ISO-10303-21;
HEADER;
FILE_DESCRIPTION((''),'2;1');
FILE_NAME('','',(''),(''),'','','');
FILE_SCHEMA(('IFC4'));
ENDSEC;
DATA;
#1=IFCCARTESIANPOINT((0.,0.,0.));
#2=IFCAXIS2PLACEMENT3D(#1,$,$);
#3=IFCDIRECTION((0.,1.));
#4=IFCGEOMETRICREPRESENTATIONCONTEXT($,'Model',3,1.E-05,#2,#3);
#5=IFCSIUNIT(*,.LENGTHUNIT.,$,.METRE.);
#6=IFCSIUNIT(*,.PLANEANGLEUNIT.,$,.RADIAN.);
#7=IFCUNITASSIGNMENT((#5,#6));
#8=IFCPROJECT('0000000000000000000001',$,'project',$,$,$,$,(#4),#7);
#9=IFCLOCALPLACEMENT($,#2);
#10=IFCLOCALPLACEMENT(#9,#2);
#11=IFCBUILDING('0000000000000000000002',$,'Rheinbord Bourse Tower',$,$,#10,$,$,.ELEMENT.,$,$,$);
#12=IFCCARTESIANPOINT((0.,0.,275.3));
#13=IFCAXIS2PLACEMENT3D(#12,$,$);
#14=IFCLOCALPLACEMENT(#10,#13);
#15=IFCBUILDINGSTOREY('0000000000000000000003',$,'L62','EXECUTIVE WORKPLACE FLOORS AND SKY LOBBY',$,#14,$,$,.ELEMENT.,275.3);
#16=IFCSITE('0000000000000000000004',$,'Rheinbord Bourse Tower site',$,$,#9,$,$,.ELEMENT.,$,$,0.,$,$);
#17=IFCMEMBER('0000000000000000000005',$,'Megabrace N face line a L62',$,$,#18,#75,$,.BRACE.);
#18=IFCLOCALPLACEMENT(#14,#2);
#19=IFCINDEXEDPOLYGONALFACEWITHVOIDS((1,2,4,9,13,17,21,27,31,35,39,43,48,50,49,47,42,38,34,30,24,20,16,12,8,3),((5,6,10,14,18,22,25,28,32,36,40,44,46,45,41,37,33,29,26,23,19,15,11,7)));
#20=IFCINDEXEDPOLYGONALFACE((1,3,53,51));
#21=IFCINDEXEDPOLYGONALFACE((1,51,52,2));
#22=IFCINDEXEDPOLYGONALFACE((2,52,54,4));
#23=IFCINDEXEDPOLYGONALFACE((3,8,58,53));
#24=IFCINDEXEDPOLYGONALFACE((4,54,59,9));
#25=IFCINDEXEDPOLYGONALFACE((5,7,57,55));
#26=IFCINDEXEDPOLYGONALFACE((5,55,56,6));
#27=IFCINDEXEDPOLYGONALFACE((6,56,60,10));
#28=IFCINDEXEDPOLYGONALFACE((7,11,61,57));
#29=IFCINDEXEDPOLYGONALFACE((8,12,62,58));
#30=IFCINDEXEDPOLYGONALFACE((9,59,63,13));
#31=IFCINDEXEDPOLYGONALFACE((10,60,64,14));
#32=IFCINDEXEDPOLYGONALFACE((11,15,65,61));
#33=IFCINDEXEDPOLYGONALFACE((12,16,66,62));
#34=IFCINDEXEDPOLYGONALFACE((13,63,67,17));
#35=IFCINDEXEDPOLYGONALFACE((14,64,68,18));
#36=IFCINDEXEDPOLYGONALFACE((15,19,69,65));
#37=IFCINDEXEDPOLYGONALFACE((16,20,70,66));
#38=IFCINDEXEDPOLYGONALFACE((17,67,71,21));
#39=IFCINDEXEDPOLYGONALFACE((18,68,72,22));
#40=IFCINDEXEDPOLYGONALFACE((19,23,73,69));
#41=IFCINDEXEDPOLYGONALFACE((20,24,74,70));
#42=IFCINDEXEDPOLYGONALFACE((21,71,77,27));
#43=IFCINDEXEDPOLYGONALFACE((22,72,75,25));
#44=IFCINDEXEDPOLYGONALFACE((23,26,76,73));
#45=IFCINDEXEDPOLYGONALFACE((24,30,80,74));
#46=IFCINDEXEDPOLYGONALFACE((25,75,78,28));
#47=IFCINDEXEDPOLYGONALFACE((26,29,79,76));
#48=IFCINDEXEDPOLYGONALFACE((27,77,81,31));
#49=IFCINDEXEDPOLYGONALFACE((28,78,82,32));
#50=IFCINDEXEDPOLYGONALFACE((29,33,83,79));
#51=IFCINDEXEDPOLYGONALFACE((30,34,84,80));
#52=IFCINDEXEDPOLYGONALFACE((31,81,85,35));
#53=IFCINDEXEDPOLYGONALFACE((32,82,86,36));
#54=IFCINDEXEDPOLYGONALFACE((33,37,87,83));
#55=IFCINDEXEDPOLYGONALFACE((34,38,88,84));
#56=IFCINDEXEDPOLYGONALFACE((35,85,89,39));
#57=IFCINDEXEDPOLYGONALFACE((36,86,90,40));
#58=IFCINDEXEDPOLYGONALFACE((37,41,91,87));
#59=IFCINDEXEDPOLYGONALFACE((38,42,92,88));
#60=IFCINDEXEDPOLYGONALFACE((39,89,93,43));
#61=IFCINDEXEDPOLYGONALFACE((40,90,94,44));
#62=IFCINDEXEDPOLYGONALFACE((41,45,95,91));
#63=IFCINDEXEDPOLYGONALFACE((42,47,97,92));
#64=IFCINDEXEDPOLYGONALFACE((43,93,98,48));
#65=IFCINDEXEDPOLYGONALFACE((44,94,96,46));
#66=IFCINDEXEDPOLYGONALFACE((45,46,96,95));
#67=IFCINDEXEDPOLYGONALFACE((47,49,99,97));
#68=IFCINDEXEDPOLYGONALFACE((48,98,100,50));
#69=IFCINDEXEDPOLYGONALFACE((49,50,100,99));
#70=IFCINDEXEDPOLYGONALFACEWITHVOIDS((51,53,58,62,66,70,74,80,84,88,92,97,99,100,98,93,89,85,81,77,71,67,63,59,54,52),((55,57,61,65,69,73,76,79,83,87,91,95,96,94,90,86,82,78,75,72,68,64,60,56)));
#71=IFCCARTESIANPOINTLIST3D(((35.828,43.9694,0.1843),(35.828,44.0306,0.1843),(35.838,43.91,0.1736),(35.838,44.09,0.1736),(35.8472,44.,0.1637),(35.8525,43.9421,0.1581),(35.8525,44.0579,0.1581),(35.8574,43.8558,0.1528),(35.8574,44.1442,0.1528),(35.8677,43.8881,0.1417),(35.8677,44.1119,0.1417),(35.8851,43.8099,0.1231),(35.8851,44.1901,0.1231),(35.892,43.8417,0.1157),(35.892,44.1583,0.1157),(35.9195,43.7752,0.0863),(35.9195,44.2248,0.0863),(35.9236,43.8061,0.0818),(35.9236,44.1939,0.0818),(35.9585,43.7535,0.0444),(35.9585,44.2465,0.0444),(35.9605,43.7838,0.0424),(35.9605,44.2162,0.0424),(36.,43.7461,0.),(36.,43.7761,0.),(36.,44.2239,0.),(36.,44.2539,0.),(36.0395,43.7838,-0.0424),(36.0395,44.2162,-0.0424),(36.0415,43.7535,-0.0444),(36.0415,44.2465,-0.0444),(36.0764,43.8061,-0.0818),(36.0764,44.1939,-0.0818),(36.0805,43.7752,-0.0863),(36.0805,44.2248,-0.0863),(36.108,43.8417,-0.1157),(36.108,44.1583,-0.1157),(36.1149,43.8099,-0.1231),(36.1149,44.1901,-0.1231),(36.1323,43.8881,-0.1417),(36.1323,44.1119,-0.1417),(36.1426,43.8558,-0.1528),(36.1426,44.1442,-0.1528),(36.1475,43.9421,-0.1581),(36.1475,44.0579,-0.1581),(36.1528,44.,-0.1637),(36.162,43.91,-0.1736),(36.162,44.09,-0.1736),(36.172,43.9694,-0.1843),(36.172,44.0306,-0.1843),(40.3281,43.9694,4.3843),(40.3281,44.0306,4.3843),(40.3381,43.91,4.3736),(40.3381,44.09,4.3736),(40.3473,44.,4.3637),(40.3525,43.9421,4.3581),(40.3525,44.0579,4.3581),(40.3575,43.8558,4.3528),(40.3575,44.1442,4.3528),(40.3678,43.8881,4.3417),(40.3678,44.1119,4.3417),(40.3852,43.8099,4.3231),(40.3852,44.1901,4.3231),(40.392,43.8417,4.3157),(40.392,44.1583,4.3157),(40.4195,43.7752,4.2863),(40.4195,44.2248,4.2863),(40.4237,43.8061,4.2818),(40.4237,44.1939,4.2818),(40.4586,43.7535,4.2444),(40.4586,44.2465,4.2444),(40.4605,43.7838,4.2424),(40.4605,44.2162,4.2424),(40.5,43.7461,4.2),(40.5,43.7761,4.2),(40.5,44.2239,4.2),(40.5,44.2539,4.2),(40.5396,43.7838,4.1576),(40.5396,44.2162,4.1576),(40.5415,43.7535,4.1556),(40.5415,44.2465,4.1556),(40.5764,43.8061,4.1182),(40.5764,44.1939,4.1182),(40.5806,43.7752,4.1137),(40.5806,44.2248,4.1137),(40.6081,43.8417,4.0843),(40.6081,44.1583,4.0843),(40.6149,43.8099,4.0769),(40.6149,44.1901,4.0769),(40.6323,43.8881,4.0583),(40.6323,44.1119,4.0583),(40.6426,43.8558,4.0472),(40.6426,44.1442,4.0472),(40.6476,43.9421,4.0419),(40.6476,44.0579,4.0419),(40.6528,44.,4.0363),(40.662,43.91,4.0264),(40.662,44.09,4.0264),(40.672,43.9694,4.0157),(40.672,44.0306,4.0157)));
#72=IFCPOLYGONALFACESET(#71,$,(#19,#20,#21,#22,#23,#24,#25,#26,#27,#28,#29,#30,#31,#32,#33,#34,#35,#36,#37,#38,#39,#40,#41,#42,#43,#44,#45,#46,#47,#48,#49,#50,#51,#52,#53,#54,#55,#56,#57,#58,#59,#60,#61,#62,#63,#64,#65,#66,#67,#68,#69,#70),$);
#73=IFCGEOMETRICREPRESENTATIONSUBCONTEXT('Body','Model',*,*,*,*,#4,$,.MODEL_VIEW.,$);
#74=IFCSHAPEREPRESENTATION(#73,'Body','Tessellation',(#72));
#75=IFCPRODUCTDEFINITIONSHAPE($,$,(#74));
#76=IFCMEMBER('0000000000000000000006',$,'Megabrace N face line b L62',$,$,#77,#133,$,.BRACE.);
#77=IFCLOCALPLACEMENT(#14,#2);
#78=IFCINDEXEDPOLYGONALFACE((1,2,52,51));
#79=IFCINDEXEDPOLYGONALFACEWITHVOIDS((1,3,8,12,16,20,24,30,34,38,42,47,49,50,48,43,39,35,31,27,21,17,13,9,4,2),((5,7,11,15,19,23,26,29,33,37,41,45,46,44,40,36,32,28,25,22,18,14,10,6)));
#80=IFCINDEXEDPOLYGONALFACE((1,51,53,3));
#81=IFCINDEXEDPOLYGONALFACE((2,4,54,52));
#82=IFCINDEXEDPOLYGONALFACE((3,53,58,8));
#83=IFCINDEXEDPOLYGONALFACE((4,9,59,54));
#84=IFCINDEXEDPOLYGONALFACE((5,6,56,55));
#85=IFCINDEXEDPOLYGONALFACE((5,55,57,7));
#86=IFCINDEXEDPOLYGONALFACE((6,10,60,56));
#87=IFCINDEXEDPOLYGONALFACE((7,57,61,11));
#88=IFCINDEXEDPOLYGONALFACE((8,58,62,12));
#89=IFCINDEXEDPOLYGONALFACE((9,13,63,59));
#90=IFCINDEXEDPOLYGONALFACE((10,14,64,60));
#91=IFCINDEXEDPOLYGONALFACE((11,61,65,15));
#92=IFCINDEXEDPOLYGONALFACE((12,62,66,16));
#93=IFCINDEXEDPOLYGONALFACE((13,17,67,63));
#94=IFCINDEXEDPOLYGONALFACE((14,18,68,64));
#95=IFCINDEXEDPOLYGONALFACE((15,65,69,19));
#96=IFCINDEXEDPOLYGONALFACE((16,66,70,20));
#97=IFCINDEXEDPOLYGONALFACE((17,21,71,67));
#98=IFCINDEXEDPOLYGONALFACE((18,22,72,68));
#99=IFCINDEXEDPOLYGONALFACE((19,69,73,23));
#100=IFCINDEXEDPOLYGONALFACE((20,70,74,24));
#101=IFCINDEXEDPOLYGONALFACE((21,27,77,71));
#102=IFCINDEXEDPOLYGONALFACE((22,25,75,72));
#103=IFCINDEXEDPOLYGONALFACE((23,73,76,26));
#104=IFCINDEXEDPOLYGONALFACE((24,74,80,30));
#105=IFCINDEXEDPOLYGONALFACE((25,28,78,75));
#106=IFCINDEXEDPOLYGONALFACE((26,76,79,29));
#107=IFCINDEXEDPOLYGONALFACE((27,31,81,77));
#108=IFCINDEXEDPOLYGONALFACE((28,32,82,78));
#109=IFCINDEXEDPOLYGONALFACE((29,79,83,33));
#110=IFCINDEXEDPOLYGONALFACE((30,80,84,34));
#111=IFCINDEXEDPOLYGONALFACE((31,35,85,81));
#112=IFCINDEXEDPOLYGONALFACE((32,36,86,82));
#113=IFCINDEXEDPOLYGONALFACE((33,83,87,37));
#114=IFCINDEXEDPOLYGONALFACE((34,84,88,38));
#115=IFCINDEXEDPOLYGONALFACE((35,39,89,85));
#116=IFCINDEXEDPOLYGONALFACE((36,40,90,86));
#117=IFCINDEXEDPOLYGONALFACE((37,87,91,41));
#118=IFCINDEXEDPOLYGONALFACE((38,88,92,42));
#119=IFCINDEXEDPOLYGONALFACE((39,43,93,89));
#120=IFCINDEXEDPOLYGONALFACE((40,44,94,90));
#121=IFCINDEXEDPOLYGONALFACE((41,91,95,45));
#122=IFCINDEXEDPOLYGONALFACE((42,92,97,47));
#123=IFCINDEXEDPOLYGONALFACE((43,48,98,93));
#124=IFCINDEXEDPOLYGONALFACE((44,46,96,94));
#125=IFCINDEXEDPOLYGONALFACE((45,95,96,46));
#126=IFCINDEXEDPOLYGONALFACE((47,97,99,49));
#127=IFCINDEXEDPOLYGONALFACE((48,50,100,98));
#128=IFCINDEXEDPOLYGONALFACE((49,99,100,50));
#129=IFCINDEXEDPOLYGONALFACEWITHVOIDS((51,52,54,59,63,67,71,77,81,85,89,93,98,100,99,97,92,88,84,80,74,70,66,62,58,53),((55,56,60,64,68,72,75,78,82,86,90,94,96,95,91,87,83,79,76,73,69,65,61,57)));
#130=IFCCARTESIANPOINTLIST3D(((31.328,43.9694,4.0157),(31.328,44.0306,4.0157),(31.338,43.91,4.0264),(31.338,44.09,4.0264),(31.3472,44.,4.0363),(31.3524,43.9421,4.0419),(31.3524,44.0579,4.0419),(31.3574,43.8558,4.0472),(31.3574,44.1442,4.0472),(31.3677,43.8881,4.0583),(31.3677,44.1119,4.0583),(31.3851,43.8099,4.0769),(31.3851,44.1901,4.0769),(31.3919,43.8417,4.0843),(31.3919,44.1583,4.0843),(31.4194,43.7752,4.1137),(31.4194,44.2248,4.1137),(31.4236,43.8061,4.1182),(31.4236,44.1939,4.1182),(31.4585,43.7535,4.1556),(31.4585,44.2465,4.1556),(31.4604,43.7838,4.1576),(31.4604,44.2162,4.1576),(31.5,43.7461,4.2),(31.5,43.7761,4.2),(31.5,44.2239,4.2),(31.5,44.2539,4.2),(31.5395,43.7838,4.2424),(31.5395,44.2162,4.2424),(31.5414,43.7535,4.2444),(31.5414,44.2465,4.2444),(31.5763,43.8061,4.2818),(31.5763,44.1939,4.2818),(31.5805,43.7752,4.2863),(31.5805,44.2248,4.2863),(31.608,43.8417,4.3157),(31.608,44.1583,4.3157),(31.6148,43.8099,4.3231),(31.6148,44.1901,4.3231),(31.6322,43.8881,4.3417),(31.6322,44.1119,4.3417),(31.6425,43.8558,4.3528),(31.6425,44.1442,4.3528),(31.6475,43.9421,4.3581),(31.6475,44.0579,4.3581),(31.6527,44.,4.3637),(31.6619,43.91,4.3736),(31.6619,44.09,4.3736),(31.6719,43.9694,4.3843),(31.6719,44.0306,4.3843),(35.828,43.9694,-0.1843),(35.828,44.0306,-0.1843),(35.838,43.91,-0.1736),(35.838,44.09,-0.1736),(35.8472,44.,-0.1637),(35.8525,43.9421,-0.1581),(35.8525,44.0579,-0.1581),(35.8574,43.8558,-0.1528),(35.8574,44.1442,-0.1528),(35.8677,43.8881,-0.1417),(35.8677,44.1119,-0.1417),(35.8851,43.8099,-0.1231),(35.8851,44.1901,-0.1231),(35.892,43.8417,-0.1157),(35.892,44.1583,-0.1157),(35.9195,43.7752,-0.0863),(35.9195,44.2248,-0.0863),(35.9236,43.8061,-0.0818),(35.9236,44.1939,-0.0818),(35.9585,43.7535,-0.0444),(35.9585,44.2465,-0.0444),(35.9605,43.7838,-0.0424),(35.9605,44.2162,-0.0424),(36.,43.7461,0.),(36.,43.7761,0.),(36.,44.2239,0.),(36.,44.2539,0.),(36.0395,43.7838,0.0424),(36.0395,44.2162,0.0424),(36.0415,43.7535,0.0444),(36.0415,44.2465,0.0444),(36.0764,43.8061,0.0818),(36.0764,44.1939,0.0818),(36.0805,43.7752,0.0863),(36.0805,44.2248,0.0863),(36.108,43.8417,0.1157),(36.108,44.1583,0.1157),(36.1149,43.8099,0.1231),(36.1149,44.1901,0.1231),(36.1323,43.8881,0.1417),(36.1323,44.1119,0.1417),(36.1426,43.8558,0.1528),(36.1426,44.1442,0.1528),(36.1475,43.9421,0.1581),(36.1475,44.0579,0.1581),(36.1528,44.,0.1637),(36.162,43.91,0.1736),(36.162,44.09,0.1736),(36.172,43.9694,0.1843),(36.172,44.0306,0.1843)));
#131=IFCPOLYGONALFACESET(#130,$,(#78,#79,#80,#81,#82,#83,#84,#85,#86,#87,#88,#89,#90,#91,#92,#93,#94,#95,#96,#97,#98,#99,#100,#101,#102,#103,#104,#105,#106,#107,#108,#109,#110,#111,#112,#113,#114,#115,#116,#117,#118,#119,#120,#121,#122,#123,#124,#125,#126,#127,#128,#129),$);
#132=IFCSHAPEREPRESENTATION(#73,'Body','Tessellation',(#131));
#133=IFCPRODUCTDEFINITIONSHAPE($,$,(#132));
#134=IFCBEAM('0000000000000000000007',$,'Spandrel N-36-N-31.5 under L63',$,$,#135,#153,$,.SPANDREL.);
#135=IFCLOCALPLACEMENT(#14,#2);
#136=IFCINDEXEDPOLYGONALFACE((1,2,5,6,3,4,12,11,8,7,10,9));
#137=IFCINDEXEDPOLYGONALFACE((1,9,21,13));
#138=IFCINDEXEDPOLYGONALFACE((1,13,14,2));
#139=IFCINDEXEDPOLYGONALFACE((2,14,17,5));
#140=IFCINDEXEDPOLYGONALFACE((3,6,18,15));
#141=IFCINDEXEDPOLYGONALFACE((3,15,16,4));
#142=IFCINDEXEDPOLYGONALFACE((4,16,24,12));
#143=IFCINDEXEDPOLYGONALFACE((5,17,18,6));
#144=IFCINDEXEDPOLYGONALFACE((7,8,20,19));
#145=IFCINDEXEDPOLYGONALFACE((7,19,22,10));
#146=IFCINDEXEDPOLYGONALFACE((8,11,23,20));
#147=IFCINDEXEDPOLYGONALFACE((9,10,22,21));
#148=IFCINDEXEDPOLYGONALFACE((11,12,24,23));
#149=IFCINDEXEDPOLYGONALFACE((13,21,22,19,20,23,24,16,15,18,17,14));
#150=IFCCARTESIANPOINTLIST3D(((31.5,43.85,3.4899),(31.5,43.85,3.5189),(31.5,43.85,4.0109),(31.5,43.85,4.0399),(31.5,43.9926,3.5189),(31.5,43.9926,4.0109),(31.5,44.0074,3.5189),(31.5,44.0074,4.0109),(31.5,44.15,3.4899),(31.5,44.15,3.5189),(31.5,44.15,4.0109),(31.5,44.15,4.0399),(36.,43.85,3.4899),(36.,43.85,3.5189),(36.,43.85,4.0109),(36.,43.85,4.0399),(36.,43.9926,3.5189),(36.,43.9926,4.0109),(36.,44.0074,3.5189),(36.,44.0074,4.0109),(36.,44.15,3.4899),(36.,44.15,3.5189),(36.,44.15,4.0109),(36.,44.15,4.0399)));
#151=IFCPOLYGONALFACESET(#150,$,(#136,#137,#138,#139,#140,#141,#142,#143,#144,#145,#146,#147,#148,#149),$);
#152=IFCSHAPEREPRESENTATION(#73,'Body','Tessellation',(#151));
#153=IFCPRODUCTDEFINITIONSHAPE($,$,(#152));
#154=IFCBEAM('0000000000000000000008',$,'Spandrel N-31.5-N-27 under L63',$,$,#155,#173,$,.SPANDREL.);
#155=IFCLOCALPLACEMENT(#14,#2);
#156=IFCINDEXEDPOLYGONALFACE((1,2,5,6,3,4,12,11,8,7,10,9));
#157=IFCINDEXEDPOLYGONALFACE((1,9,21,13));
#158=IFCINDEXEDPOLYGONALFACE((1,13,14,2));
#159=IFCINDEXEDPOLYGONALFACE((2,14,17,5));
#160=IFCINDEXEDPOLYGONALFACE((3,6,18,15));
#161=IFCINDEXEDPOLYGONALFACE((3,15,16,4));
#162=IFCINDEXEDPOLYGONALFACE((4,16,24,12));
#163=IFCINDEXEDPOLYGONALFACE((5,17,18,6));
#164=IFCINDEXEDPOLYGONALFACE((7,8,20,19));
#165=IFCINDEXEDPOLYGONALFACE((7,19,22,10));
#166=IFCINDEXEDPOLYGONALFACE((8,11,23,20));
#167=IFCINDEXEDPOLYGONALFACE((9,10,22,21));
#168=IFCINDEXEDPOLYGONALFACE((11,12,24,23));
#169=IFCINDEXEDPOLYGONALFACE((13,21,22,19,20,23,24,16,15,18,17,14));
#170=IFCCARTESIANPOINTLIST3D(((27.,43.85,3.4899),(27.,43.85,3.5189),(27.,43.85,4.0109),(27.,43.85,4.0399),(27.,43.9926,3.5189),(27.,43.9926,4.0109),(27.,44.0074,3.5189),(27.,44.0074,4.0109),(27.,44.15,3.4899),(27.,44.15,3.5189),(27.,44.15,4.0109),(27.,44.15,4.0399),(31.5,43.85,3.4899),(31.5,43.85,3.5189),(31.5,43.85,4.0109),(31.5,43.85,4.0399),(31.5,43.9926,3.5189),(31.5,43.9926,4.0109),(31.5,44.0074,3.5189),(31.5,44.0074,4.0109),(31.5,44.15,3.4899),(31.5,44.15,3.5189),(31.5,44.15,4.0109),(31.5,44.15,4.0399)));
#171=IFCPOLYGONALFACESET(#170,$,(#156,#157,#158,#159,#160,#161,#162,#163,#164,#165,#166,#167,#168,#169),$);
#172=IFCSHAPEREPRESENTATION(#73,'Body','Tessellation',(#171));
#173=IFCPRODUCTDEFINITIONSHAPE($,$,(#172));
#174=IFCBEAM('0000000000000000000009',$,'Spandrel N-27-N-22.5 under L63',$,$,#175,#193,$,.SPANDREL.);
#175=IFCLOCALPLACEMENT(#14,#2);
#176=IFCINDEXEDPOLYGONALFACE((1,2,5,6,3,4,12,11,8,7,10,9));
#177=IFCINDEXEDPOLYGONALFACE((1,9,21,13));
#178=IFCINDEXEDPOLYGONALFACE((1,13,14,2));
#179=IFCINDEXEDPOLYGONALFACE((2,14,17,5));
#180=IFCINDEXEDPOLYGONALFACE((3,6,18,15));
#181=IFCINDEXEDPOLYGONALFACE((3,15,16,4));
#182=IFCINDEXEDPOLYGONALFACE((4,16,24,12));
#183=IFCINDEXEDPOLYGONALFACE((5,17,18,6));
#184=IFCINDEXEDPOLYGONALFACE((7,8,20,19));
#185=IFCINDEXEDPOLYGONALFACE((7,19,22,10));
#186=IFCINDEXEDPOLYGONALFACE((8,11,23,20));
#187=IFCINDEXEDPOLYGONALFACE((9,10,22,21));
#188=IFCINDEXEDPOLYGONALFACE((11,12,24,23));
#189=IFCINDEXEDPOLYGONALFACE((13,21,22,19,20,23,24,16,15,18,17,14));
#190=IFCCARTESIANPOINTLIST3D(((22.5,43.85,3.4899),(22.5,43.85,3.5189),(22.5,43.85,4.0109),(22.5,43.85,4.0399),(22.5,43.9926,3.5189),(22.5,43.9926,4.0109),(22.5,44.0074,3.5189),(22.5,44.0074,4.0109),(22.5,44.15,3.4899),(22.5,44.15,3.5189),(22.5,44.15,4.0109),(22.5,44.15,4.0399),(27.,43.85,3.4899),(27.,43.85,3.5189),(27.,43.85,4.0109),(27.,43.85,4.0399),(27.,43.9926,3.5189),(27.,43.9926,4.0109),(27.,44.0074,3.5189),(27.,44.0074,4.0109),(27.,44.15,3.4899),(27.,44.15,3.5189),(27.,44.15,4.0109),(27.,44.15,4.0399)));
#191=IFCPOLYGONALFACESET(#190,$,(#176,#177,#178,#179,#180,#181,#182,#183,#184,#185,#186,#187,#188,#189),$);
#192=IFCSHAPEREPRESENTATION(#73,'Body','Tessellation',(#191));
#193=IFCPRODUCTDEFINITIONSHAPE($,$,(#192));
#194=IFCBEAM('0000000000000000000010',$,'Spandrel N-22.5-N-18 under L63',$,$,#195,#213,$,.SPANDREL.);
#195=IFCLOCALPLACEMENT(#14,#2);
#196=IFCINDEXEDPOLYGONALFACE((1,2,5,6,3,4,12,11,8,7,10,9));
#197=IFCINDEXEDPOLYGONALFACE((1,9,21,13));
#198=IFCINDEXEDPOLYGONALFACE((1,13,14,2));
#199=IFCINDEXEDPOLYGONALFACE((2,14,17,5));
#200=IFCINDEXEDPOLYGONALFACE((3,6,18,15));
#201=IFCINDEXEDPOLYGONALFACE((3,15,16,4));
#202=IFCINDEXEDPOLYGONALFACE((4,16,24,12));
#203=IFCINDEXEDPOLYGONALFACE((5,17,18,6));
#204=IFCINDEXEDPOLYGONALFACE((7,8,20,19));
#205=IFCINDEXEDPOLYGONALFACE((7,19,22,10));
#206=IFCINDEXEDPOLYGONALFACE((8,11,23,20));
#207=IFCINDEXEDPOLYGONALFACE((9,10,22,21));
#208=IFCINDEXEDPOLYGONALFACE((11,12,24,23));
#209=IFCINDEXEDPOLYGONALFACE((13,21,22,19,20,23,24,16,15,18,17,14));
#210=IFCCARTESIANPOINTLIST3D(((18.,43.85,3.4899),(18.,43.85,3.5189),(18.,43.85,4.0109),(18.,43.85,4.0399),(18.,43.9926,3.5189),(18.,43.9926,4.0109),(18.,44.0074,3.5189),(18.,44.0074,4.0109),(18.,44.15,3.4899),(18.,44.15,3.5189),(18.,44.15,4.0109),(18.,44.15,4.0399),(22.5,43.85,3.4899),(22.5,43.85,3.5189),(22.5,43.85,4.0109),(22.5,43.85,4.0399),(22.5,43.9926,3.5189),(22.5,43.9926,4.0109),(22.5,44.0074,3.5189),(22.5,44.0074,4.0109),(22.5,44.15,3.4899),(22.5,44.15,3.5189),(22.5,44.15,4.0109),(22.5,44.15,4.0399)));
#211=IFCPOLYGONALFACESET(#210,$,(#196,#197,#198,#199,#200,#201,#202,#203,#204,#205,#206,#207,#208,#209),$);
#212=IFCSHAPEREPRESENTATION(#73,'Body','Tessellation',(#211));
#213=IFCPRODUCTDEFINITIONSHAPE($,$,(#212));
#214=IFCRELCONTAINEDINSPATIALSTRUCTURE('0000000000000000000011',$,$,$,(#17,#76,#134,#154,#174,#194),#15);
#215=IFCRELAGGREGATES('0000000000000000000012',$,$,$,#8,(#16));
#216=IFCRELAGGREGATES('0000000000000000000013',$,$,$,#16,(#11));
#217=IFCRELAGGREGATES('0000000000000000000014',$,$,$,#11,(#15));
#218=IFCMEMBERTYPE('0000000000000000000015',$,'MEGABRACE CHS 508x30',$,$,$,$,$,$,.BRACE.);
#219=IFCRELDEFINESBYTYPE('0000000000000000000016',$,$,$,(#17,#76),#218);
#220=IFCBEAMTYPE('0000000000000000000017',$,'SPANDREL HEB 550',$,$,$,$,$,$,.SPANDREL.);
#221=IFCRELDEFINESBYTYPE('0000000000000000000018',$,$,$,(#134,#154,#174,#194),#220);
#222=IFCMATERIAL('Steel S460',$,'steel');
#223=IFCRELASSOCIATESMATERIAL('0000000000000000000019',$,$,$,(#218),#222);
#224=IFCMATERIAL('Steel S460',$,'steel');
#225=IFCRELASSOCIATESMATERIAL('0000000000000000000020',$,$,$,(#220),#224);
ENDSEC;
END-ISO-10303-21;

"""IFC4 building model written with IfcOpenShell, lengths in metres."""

from ifc_helpers import new_model, si_unit, direction, frame, origin, origin_2d, place, context, subcontext, project, spatial, hollow_circle, i_section, extrude, material, material_profile, profile_set, type_object, element, save


model = new_model("IFC4")

# Units and contexts
model_context = context("Model", 3, precision=1e-05, world=origin(), true_north=direction((0.0, 1.0)))
body_context = subcontext(model_context, "Body", "Model", "MODEL_VIEW")
ifc_project = project(units=[si_unit("LENGTHUNIT", "METRE"), si_unit("PLANEANGLEUNIT", "RADIAN")], contexts=[model_context])

# Site, building, storey
site_placement = place(None, origin())
site = spatial("IfcSite", under=ifc_project, at=site_placement, Name="Rheinbord Bourse Tower site", CompositionType="ELEMENT", RefElevation=0.0)
building_placement = place(site_placement, origin())
building = spatial("IfcBuilding", under=site, at=building_placement, Name="Rheinbord Bourse Tower", CompositionType="ELEMENT")
storey_placement = place(building_placement, frame((0.0, 0.0, 275.3)))
storey = spatial("IfcBuildingStorey", under=building, at=storey_placement, Name="L62", Description="EXECUTIVE WORKPLACE FLOORS AND SKY LOBBY", CompositionType="ELEMENT", Elevation=275.3)

# Members
ifc_material_1 = material(Name="Steel S460", Category="steel")
ifc_material_profile_1 = material_profile(ifc_material_1, hollow_circle(Radius=0.2539, WallThickness=0.03, at=origin_2d()), Name="CHS 508x30")
ifc_profile_set_1 = profile_set([ifc_material_profile_1], Name="Steel S460")
member_type_1 = type_object("IfcMemberType", Name="MEGABRACE CHS 508x30", PredefinedType="BRACE", material=ifc_profile_set_1)
for number, where, z_axis, x_axis, name in (
    (1, (36.0, 44.0, 0.0), (0.731059, 0.0, 0.682314), (0.0, 1.0, 0.0), "Megabrace N face line a L62"),
    (2, (36.0, 44.0, 0.0), (-0.731059, 0.0, 0.682314), (0.0, -1.0, 0.0), "Megabrace N face line b L62"),
):
    element("IfcMember", number, at=place(storey_placement, frame(where, z_axis=z_axis, x_axis=x_axis)), inside=storey, type_object=member_type_1, Name=name, PredefinedType="BRACE", context=body_context, shape_type="SweptSolid", body=[
        extrude(hollow_circle(Radius=0.2539, WallThickness=0.03, at=origin_2d()), origin(), (0.0, 0.0, 1.0), 6.1555),
    ])

# Beams
ifc_material_2 = material(Name="Steel S460", Category="steel")
ifc_material_profile_2 = material_profile(ifc_material_2, i_section(OverallWidth=0.3, OverallDepth=0.55, WebThickness=0.0149, FlangeThickness=0.0291, at=origin_2d()), Name="HEB 550")
ifc_profile_set_2 = profile_set([ifc_material_profile_2], Name="Steel S460")
beam_type_1 = type_object("IfcBeamType", Name="SPANDREL HEB 550", PredefinedType="SPANDREL", material=ifc_profile_set_2)
for number, where, z_axis, x_axis, name in (
    (3, (36.0, 44.0, 3.7649), (-1.0, 0.0, 0.0), (0.0, -1.0, 0.0), "Spandrel N-36-N-31.5 under L63"),
    (4, (31.5, 44.0, 3.7649), (-1.0, 0.0, 0.0), (0.0, -1.0, 0.0), "Spandrel N-31.5-N-27 under L63"),
    (5, (27.0, 44.0, 3.7649), (-1.0, 0.0, 0.0), (0.0, -1.0, 0.0), "Spandrel N-27-N-22.5 under L63"),
    (6, (22.5, 44.0, 3.7649), (-1.0, 0.0, 0.0), (0.0, -1.0, 0.0), "Spandrel N-22.5-N-18 under L63"),
):
    element("IfcBeam", number, at=place(storey_placement, frame(where, z_axis=z_axis, x_axis=x_axis)), inside=storey, type_object=beam_type_1, Name=name, PredefinedType="SPANDREL", context=body_context, shape_type="SweptSolid", body=[
        extrude(i_section(OverallWidth=0.3, OverallDepth=0.55, WebThickness=0.0149, FlangeThickness=0.0291, at=origin_2d()), origin(), (0.0, 0.0, 1.0), 4.5),
    ])

save(model, "model.ifc")
